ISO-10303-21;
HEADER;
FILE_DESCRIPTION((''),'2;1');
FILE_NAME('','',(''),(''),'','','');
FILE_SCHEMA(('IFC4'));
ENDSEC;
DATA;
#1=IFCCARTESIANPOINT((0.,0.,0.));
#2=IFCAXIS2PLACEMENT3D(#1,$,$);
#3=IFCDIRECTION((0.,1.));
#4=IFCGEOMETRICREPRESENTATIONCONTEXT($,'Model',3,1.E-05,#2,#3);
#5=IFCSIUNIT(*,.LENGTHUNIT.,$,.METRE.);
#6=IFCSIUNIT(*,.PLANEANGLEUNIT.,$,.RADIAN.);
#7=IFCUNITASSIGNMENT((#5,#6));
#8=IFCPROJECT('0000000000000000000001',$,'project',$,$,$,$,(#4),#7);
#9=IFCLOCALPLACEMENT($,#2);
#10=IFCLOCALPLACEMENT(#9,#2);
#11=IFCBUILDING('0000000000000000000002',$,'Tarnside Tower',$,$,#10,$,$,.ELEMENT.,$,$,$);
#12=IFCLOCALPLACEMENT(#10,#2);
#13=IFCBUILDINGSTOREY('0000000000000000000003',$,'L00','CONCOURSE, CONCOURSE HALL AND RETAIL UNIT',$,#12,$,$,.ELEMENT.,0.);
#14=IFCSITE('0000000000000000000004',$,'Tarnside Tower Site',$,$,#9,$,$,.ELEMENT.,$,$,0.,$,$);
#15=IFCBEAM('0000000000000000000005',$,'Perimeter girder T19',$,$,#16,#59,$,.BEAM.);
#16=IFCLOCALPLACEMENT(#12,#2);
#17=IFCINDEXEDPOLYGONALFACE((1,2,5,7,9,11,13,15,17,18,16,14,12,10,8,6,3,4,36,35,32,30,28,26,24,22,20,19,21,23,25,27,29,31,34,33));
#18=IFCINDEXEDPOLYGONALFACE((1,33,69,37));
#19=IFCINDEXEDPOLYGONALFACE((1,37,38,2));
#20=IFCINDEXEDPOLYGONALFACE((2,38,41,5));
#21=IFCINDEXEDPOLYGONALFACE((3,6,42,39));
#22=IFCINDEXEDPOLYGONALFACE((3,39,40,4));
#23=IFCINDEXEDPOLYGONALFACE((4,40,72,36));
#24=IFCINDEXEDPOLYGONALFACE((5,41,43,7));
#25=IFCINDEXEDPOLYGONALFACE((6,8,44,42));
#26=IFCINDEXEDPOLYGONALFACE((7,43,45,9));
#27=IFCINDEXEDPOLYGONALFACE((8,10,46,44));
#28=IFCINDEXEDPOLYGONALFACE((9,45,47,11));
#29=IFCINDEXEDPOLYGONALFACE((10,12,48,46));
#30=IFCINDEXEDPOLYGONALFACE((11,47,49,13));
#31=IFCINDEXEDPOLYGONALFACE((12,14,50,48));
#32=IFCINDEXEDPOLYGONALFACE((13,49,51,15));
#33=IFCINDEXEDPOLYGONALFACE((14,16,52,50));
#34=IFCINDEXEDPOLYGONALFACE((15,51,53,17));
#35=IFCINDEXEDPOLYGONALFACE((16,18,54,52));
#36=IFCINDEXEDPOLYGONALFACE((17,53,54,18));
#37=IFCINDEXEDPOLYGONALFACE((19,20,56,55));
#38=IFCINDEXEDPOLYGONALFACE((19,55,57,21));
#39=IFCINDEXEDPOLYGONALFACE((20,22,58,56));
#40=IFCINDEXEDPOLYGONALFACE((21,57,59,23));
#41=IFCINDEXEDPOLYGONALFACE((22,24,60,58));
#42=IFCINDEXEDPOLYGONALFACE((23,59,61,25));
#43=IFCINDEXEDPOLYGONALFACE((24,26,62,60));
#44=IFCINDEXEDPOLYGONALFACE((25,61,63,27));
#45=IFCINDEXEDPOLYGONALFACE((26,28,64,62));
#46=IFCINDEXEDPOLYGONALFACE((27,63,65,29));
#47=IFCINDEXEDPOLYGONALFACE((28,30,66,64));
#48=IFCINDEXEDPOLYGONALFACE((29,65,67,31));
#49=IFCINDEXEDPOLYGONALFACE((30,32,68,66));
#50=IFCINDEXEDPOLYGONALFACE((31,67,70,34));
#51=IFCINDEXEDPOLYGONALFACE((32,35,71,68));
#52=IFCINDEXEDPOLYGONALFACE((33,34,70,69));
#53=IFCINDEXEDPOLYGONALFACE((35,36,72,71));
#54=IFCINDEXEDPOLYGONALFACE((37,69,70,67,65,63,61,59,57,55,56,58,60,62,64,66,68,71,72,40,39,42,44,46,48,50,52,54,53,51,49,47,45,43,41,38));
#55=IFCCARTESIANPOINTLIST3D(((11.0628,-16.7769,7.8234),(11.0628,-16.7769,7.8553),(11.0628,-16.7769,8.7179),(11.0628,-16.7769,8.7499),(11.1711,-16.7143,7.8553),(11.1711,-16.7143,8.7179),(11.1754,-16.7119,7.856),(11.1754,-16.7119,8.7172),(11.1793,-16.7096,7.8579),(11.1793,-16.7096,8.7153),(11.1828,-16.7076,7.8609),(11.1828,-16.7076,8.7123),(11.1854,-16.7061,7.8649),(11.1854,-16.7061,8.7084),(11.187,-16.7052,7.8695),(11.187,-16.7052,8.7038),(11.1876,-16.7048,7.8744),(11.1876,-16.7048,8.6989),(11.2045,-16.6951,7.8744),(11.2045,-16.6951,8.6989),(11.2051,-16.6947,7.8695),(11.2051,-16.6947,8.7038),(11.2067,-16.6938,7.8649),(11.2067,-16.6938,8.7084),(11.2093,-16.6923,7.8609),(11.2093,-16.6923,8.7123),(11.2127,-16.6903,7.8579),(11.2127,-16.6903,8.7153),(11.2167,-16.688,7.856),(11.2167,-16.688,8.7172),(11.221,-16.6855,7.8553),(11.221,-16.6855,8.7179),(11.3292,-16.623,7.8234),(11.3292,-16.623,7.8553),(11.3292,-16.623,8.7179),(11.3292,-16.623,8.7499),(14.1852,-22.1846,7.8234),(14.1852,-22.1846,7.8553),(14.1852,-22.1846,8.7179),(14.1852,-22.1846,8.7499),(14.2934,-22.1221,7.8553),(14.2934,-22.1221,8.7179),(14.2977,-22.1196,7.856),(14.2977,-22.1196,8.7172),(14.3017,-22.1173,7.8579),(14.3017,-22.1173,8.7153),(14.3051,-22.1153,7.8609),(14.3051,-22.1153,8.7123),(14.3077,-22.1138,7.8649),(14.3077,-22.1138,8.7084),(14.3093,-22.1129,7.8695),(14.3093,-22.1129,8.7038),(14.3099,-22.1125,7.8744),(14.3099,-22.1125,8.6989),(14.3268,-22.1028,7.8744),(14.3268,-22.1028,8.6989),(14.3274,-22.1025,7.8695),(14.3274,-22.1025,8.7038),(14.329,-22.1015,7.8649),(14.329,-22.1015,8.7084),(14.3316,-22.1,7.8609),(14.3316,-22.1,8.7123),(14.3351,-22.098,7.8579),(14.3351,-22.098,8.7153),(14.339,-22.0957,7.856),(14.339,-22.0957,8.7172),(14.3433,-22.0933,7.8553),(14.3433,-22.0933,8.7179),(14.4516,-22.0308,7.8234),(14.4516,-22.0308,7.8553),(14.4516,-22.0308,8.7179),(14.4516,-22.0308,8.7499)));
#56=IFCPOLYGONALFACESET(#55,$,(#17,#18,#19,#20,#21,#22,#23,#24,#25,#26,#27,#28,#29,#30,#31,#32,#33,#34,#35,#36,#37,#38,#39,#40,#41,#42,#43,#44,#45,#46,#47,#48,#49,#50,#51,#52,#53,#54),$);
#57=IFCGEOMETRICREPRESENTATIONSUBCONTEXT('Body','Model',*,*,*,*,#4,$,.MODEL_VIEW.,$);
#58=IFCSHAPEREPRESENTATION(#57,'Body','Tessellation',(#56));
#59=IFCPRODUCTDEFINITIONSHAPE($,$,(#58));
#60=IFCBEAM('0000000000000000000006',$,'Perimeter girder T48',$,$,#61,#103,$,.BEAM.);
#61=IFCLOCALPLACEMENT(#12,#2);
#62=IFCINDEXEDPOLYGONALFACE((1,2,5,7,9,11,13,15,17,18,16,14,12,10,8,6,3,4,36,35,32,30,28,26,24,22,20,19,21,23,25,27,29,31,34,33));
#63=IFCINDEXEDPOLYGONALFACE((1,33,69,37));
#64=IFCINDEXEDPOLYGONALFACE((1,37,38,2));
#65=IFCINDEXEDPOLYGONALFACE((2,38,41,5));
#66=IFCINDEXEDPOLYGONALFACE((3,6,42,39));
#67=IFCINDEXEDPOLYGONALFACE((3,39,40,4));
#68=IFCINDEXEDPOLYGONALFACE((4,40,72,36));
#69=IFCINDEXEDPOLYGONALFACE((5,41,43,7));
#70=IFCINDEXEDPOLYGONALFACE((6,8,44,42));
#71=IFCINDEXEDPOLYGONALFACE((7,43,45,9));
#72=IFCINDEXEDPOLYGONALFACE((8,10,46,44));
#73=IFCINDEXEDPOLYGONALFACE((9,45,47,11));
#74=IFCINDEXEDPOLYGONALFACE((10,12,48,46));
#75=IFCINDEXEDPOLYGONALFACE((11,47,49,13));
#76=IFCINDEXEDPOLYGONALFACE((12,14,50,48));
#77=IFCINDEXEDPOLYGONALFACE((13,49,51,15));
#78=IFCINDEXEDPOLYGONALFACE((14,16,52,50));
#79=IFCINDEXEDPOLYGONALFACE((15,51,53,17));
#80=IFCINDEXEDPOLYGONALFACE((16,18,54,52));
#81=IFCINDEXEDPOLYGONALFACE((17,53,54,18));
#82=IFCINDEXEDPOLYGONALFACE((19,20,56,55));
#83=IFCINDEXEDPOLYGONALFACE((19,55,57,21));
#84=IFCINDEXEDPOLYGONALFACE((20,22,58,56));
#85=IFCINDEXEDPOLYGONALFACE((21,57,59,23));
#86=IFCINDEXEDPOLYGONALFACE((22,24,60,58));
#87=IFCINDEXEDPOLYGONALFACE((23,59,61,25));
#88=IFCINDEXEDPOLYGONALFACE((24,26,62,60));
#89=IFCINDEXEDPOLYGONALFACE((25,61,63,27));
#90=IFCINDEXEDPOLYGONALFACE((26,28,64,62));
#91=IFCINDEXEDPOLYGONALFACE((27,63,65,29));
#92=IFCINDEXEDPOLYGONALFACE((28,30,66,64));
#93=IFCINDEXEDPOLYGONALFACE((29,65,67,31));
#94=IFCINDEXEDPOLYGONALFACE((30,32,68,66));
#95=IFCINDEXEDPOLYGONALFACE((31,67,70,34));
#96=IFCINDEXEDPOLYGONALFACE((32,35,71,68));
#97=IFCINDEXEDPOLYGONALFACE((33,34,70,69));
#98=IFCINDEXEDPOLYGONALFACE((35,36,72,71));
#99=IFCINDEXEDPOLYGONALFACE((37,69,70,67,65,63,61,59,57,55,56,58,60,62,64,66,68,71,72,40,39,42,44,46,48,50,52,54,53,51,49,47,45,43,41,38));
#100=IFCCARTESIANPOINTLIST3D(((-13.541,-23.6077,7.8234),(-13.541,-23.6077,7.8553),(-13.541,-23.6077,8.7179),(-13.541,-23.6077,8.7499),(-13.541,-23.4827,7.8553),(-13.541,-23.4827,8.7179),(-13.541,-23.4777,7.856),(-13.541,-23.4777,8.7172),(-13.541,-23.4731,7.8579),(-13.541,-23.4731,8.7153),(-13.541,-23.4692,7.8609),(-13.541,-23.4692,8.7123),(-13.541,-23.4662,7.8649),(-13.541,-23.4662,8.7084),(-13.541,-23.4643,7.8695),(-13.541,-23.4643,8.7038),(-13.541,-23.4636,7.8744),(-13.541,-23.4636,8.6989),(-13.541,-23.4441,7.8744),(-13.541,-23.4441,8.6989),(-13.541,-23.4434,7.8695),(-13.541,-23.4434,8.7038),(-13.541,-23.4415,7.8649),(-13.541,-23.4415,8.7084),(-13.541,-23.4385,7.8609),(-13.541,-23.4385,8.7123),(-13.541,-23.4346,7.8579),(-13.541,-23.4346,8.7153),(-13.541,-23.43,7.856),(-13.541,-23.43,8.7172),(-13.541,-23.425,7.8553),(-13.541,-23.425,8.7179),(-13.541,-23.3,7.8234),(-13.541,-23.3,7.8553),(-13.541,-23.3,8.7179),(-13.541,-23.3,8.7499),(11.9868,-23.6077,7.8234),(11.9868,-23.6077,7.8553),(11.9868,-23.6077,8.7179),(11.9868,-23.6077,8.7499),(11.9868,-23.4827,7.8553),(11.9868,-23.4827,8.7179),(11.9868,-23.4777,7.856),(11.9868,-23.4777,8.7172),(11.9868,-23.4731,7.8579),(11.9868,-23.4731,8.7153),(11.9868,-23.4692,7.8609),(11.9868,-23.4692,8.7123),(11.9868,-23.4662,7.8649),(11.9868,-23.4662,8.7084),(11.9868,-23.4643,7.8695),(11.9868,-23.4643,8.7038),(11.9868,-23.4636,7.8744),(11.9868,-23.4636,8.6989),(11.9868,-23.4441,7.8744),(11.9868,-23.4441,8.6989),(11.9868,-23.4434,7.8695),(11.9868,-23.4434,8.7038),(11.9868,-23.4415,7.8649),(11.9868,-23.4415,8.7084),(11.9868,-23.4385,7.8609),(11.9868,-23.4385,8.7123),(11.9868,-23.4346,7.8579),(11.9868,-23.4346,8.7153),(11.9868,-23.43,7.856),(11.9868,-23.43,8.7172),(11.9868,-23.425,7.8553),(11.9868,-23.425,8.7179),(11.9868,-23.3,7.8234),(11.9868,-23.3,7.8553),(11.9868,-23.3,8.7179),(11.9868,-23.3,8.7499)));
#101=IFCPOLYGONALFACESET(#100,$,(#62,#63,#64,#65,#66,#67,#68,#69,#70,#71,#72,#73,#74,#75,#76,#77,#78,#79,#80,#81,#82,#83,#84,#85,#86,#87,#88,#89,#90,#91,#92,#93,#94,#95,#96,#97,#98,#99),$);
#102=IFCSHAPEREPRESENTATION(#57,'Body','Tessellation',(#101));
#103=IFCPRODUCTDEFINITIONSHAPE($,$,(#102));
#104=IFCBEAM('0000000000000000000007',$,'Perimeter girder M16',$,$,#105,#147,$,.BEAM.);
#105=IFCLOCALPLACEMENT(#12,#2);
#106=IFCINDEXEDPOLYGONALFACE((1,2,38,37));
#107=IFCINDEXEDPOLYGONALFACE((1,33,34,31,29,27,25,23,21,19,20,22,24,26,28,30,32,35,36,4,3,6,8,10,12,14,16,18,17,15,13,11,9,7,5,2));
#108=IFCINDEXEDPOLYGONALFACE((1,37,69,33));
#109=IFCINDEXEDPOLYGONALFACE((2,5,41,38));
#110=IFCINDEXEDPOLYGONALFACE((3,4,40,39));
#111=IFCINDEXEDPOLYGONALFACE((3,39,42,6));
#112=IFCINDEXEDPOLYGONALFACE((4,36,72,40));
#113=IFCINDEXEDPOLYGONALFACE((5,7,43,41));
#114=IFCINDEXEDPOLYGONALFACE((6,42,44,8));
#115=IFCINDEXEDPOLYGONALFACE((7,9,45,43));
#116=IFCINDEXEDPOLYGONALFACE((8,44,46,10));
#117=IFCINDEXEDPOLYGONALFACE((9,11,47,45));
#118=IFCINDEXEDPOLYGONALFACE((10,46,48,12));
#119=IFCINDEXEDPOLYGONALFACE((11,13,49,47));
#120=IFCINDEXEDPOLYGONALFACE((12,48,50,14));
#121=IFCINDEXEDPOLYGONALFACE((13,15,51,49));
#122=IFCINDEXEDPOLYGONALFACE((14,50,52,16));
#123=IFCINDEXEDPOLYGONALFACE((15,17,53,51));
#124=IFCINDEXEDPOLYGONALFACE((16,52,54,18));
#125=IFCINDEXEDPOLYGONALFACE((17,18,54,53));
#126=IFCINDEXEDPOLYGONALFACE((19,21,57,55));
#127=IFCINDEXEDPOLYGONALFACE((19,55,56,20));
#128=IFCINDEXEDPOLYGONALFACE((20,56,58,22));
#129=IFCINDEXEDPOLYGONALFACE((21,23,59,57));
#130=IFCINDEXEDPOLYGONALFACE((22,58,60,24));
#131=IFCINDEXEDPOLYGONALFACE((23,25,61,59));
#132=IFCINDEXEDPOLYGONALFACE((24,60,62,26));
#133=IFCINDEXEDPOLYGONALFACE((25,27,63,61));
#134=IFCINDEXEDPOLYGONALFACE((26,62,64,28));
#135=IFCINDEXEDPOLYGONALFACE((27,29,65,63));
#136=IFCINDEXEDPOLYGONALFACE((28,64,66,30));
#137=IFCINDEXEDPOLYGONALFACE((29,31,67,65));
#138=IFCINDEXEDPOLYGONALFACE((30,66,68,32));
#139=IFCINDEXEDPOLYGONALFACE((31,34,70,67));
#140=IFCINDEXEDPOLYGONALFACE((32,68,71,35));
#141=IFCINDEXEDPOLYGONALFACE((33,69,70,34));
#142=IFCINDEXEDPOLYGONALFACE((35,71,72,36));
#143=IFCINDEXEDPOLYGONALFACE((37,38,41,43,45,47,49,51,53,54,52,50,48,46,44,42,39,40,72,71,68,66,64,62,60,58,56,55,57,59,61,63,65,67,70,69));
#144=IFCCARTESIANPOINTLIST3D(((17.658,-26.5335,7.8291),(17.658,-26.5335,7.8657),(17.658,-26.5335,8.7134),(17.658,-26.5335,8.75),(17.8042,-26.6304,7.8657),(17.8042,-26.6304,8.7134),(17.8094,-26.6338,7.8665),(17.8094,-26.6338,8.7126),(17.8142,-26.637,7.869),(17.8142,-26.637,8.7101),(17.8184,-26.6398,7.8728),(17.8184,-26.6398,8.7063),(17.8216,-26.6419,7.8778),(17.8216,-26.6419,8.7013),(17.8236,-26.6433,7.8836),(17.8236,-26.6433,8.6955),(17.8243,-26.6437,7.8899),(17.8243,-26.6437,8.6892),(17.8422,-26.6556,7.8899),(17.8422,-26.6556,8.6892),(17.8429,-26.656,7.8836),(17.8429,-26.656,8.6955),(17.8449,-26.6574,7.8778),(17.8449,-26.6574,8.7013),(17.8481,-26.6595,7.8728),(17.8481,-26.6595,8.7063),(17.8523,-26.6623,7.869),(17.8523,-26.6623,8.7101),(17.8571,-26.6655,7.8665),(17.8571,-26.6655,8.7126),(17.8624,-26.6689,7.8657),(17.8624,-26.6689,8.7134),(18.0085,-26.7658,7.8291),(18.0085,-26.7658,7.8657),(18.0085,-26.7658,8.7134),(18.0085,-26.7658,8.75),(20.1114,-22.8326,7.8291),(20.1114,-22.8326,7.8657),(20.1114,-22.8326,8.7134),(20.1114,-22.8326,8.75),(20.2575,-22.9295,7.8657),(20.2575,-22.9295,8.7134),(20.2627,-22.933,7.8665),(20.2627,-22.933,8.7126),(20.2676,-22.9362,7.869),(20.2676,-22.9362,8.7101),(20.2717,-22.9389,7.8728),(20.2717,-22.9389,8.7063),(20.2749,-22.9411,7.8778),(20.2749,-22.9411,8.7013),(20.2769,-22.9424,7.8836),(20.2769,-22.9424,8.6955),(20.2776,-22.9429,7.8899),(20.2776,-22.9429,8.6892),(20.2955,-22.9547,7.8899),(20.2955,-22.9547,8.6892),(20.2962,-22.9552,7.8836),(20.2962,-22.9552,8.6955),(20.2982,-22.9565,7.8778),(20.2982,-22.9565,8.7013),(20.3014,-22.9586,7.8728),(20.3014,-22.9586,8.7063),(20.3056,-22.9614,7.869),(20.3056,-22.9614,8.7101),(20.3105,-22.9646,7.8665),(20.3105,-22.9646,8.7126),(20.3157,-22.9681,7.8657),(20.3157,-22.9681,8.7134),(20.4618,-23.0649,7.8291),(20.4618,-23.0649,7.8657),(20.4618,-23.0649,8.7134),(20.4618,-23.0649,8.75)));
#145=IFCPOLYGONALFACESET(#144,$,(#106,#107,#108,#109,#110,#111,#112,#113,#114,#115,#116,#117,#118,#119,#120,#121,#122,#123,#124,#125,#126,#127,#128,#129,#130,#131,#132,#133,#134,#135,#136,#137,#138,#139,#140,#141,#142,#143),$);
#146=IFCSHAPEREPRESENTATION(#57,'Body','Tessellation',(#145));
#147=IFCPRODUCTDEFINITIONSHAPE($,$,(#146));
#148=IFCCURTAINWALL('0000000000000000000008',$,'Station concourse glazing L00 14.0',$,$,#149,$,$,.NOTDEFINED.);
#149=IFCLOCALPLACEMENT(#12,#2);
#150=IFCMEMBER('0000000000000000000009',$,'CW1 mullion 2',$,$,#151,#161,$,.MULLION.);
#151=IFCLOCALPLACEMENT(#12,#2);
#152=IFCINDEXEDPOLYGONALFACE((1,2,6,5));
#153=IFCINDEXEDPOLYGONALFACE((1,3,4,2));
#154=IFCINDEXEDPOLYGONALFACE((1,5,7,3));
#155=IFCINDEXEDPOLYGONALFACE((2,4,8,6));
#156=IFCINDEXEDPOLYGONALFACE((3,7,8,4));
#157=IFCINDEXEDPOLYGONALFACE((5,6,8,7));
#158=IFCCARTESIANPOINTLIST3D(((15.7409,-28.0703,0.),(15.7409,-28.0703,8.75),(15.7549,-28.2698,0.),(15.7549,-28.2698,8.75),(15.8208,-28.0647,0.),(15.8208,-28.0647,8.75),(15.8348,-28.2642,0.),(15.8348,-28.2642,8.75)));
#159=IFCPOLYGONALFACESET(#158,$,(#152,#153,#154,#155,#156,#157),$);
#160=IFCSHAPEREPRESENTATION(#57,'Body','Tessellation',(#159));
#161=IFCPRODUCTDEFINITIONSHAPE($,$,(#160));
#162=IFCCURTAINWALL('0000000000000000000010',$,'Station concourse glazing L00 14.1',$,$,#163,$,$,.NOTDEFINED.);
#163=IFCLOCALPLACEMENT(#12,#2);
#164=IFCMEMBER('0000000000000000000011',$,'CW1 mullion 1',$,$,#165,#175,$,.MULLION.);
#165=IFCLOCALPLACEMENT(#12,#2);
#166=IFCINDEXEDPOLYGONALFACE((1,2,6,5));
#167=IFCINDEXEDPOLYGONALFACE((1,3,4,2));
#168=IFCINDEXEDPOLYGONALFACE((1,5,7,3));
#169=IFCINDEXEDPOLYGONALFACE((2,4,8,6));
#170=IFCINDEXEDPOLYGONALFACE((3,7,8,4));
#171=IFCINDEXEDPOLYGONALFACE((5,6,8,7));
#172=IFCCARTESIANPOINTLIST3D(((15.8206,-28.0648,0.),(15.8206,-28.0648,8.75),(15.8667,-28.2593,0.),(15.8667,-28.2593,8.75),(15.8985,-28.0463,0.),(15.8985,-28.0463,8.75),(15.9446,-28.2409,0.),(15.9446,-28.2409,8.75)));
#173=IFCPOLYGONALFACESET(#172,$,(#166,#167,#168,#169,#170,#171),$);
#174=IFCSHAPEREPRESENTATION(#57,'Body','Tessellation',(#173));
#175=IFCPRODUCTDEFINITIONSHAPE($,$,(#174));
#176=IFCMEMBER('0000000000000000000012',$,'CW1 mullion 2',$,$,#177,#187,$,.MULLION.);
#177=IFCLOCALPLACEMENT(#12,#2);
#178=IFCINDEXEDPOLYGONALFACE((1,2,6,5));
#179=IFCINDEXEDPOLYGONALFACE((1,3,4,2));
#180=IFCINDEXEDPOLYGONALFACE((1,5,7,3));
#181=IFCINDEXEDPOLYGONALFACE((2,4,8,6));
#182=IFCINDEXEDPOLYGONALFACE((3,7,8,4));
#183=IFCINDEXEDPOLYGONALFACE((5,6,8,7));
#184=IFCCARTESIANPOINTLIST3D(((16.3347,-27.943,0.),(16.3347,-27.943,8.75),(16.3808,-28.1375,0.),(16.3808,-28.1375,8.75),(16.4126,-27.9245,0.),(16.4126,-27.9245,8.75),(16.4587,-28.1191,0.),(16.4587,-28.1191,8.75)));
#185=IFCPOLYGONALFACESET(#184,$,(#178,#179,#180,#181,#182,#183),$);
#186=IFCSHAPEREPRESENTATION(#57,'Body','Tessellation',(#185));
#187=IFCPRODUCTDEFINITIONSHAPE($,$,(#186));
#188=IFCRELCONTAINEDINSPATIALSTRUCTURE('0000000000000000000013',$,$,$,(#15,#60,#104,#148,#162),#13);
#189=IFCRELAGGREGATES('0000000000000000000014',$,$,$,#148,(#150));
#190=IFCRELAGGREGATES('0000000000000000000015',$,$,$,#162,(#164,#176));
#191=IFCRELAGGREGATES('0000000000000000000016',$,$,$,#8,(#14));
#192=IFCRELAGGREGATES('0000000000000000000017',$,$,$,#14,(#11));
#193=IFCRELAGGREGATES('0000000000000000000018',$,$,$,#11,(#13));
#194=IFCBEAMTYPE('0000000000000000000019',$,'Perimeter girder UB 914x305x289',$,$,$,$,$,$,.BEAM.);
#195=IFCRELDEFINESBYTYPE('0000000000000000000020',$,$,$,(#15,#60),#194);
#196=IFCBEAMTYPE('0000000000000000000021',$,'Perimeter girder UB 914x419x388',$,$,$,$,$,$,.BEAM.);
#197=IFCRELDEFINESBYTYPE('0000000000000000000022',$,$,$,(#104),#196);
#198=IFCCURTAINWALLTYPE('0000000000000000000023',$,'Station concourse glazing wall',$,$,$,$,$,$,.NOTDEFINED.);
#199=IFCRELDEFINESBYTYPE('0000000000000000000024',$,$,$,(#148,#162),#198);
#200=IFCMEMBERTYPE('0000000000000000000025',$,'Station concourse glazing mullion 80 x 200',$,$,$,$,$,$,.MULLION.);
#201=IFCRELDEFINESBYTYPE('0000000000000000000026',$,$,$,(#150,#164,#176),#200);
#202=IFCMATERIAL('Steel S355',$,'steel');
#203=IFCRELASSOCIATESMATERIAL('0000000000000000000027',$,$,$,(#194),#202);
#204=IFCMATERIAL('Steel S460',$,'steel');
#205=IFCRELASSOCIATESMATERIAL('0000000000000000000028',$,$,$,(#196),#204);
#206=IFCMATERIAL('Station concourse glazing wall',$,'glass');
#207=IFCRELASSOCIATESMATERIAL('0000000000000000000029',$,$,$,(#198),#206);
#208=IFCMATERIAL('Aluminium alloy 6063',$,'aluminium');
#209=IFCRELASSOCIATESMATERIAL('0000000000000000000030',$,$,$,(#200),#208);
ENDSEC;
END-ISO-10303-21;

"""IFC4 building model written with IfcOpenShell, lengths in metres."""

from ifc_helpers import new_model, si_unit, direction, frame, origin, origin_2d, place, context, subcontext, project, spatial, rectangle, i_section, extrude, material, material_profile, profile_set, type_object, element, aggregate, save


model = new_model("IFC4")

# Units and contexts
model_context = context("Model", 3, precision=1e-05, world=origin(), true_north=direction((0.0, 1.0)))
body_context = subcontext(model_context, "Body", "Model", "MODEL_VIEW")
ifc_project = project(units=[si_unit("LENGTHUNIT", "METRE"), si_unit("PLANEANGLEUNIT", "RADIAN")], contexts=[model_context])

# Site, building, storey
site_placement = place(None, origin())
site = spatial("IfcSite", under=ifc_project, at=site_placement, Name="Tarnside Tower Site", CompositionType="ELEMENT", RefElevation=0.0)
building_placement = place(site_placement, origin())
building = spatial("IfcBuilding", under=site, at=building_placement, Name="Tarnside Tower", CompositionType="ELEMENT")
storey_placement = place(building_placement, origin())
storey = spatial("IfcBuildingStorey", under=building, at=storey_placement, Name="L00", Description="CONCOURSE, CONCOURSE HALL AND RETAIL UNIT", CompositionType="ELEMENT", Elevation=0.0)

# Shared definitions
ifc_material_1 = material(Name="Steel S460", Category="steel")

# Beams
ifc_material_2 = material(Name="Steel S355", Category="steel")
ifc_material_profile_1 = material_profile(ifc_material_2, i_section(OverallWidth=0.3076, OverallDepth=0.9265, WebThickness=0.0195, FlangeThickness=0.032, FilletRadius=0.019, at=origin_2d()), Name="UB 914x305x289")
ifc_profile_set_1 = profile_set([ifc_material_profile_1], Name="Steel S355")
beam_type_1 = type_object("IfcBeamType", Name="Perimeter girder UB 914x305x289", PredefinedType="BEAM", material=ifc_profile_set_1)
beam_1_placement = place(storey_placement, frame((14.3184, -22.1077, 8.2866), z_axis=(-0.50002, 0.866014, 0.0), x_axis=(-0.866014, -0.50002, 0.0)))
element("IfcBeam", 1, at=beam_1_placement, inside=storey, type_object=beam_type_1, Name="Perimeter girder T19", PredefinedType="BEAM", context=body_context, shape_type="SweptSolid", body=[
    extrude(i_section(OverallWidth=0.3076, OverallDepth=0.9265, WebThickness=0.0195, FlangeThickness=0.032, FilletRadius=0.019, at=origin_2d()), origin(), (0.0, 0.0, 1.0), 6.2444),
])
beam_2_placement = place(storey_placement, frame((11.9868, -23.4539, 8.2866), z_axis=(-1.0, 0.0, 0.0), x_axis=(0.0, -1.0, 0.0)))
element("IfcBeam", 2, at=beam_2_placement, inside=storey, type_object=beam_type_1, Name="Perimeter girder T48", PredefinedType="BEAM", context=body_context, shape_type="SweptSolid", body=[
    extrude(i_section(OverallWidth=0.3076, OverallDepth=0.9265, WebThickness=0.0195, FlangeThickness=0.032, FilletRadius=0.019, at=origin_2d()), origin(), (0.0, 0.0, 1.0), 25.5278),
])
ifc_material_profile_2 = material_profile(ifc_material_1, i_section(OverallWidth=0.4204, OverallDepth=0.9209, WebThickness=0.0215, FlangeThickness=0.0366, FilletRadius=0.0242, at=origin_2d()), Name="UB 914x419x388")
ifc_profile_set_2 = profile_set([ifc_material_profile_2], Name="Steel S460")
beam_type_2 = type_object("IfcBeamType", Name="Perimeter girder UB 914x419x388", PredefinedType="BEAM", material=ifc_profile_set_2)
beam_3_placement = place(storey_placement, frame((17.8333, -26.6497, 8.2896), z_axis=(0.552529, 0.833494, 0.0), x_axis=(-0.833494, 0.552529, 0.0)))
element("IfcBeam", 3, at=beam_3_placement, inside=storey, type_object=beam_type_2, Name="Perimeter girder M16", PredefinedType="BEAM", context=body_context, shape_type="SweptSolid", body=[
    extrude(i_section(OverallWidth=0.4204, OverallDepth=0.9209, WebThickness=0.0215, FlangeThickness=0.0366, FilletRadius=0.0242, at=origin_2d()), origin(), (0.0, 0.0, 1.0), 4.4402),
])

# Curtain wall, member
ifc_material_3 = material(Name="Station concourse glazing wall", Category="glass")
curtain_wall_type = type_object("IfcCurtainWallType", Name="Station concourse glazing wall", PredefinedType="NOTDEFINED", material=ifc_material_3)
curtain_wall_1_placement = place(storey_placement, origin())
curtain_wall_1 = element("IfcCurtainWall", 4, at=curtain_wall_1_placement, inside=storey, type_object=curtain_wall_type, Name="Station concourse glazing L00 14.0", PredefinedType="NOTDEFINED")
ifc_material_4 = material(Name="Aluminium alloy 6063", Category="aluminium")
ifc_material_profile_3 = material_profile(ifc_material_4, rectangle(XDim=0.2, YDim=0.0801, at=origin_2d()), Name="Station concourse glazing mullion 80 x 200")
ifc_profile_set_3 = profile_set([ifc_material_profile_3], Name="Aluminium alloy 6063")
member_type_1 = type_object("IfcMemberType", Name="Station concourse glazing mullion 80 x 200", PredefinedType="MULLION", material=ifc_profile_set_3)
member_1_placement = place(storey_placement, frame((15.7878, -28.1672, 0.0), z_axis=(0.0, 0.0, 1.0), x_axis=(-0.069756, 0.997564, 0.0)))
member_1 = element("IfcMember", 5, at=member_1_placement, type_object=member_type_1, Name="CW1 mullion 2", PredefinedType="MULLION", context=body_context, shape_type="SweptSolid", body=[
    extrude(rectangle(XDim=0.2, YDim=0.0801, at=origin_2d()), origin(), (0.0, 0.0, 1.0), 8.75),
])

# Curtain wall, members
curtain_wall_2_placement = place(storey_placement, origin())
curtain_wall_2 = element("IfcCurtainWall", 6, at=curtain_wall_2_placement, inside=storey, type_object=curtain_wall_type, Name="Station concourse glazing L00 14.1", PredefinedType="NOTDEFINED")
member_2_placement = place(storey_placement, frame((15.8826, -28.1528, 0.0), z_axis=(0.0, 0.0, 1.0), x_axis=(-0.230616, 0.973045, 0.0)))
member_2 = element("IfcMember", 7, at=member_2_placement, type_object=member_type_1, Name="CW1 mullion 1", PredefinedType="MULLION", context=body_context, shape_type="SweptSolid", body=[
    extrude(rectangle(XDim=0.2, YDim=0.0801, at=origin_2d()), origin(), (0.0, 0.0, 1.0), 8.75),
])
member_3_placement = place(storey_placement, frame((16.3967, -28.031, 0.0), z_axis=(0.0, 0.0, 1.0), x_axis=(-0.230616, 0.973045, 0.0)))
member_3 = element("IfcMember", 8, at=member_3_placement, type_object=member_type_1, Name="CW1 mullion 2", PredefinedType="MULLION", context=body_context, shape_type="SweptSolid", body=[
    extrude(rectangle(XDim=0.2, YDim=0.0801, at=origin_2d()), origin(), (0.0, 0.0, 1.0), 8.75),
])

aggregate(curtain_wall_1, [member_1])
aggregate(curtain_wall_2, [member_2, member_3])

save(model, "model.ifc")
